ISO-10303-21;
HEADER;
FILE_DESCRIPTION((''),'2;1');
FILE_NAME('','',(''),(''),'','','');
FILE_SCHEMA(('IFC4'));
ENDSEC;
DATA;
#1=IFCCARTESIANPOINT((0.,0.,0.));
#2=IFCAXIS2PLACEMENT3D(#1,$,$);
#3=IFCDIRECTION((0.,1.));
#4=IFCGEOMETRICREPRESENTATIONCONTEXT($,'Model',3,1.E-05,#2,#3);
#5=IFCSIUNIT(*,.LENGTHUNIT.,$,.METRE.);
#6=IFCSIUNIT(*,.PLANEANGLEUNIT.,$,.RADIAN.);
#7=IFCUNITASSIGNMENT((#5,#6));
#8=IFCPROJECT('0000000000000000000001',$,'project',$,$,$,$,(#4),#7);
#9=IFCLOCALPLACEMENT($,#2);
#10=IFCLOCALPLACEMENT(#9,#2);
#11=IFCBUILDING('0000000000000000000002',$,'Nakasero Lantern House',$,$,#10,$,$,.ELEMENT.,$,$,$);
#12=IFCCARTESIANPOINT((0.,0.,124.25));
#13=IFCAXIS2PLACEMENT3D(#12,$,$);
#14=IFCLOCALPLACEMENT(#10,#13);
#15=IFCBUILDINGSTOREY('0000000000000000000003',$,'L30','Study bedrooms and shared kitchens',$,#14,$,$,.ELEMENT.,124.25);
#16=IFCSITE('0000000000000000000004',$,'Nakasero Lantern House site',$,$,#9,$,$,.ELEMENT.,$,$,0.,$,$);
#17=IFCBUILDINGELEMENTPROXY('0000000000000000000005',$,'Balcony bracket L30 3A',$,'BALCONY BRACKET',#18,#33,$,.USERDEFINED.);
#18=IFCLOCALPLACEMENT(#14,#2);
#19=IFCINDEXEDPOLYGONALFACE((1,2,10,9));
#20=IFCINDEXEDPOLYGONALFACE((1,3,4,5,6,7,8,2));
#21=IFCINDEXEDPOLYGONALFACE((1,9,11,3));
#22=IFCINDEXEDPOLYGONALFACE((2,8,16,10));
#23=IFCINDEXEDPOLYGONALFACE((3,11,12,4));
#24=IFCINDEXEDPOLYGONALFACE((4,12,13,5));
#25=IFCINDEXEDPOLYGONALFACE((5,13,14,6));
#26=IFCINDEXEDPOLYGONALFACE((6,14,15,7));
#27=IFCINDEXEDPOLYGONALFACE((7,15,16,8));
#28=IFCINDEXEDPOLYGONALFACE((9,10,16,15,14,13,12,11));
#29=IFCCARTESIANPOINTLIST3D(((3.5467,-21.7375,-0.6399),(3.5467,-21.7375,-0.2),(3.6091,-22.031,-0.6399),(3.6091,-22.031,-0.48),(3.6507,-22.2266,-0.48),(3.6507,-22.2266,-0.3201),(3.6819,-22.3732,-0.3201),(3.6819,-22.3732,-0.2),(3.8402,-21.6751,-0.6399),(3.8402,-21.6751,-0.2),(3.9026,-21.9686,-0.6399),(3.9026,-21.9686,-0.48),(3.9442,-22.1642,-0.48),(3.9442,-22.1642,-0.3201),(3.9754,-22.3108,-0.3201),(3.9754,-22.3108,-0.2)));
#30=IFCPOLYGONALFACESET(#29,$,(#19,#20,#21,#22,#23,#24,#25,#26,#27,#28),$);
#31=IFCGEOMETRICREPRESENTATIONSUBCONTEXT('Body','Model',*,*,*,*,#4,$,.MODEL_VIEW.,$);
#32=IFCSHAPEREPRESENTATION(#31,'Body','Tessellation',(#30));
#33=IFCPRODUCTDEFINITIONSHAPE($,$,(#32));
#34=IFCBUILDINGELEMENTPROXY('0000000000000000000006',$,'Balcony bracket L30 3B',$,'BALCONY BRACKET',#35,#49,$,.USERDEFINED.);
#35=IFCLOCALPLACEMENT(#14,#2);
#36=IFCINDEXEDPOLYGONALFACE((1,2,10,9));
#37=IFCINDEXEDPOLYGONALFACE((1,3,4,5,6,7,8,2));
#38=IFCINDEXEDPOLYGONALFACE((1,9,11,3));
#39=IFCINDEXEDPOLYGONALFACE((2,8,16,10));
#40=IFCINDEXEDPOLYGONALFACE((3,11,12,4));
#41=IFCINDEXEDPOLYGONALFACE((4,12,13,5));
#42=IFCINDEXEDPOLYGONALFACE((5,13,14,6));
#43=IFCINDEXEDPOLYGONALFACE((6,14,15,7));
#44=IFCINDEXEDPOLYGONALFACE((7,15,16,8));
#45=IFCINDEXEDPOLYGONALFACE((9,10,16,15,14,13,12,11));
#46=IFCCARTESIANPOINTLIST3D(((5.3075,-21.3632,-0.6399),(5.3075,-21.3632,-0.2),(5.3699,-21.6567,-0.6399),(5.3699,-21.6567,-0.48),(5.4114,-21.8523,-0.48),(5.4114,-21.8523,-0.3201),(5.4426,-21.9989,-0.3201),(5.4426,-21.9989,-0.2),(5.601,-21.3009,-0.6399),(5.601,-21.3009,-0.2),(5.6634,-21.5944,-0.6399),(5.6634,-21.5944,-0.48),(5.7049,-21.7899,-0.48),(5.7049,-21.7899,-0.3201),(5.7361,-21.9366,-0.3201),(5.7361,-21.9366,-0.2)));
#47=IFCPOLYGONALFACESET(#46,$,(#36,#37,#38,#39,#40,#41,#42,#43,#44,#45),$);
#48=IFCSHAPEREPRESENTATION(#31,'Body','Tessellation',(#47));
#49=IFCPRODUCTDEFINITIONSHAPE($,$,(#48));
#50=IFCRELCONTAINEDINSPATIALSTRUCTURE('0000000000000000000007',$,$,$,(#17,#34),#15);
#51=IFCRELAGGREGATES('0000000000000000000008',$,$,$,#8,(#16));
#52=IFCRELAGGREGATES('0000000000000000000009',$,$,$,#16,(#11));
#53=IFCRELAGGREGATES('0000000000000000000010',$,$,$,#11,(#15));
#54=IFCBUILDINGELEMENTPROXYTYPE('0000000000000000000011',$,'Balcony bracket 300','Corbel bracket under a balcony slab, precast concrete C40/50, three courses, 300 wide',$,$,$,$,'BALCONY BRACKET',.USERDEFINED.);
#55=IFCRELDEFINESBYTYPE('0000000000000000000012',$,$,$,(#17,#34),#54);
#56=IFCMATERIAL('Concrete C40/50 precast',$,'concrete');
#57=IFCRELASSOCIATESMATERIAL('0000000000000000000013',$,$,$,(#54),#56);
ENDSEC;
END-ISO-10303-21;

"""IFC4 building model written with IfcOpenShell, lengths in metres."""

from ifc_helpers import new_model, si_unit, direction, frame, origin, place, context, subcontext, project, spatial, polyline, outline, extrude, material, type_object, element, save


model = new_model("IFC4")

# Units and contexts
model_context = context("Model", 3, precision=1e-05, world=origin(), true_north=direction((0.0, 1.0)))
body_context = subcontext(model_context, "Body", "Model", "MODEL_VIEW")
ifc_project = project(units=[si_unit("LENGTHUNIT", "METRE"), si_unit("PLANEANGLEUNIT", "RADIAN")], contexts=[model_context])

# Site, building, storey
site_placement = place(None, origin())
site = spatial("IfcSite", under=ifc_project, at=site_placement, Name="Nakasero Lantern House site", CompositionType="ELEMENT", RefElevation=0.0)
building_placement = place(site_placement, origin())
building = spatial("IfcBuilding", under=site, at=building_placement, Name="Nakasero Lantern House", CompositionType="ELEMENT")
storey_placement = place(building_placement, frame((0.0, 0.0, 124.25)))
storey = spatial("IfcBuildingStorey", under=building, at=storey_placement, Name="L30", Description="Study bedrooms and shared kitchens", CompositionType="ELEMENT", Elevation=124.25)

# Building element proxies
ifc_material_1 = material(Name="Concrete C40/50 precast", Category="concrete")
building_element_proxy_type = type_object("IfcBuildingElementProxyType", Name="Balcony bracket 300", Description="Corbel bracket under a balcony slab, precast concrete C40/50, three courses, 300 wide", ElementType="BALCONY BRACKET", PredefinedType="USERDEFINED", material=ifc_material_1)
for number, where, z_axis, x_axis, name in (
    (1, (3.6936, -21.7063, -0.2), (0.0, 0.0, 1.0), (0.207912, -0.978148, 0.0), "Balcony bracket L30 3A"),
    (2, (5.4543, -21.332, -0.2), (0.0, 0.0, 1.0), (0.207912, -0.978148, 0.0), "Balcony bracket L30 3B"),
):
    element("IfcBuildingElementProxy", number, at=place(storey_placement, frame(where, z_axis=z_axis, x_axis=x_axis)), inside=storey, type_object=building_element_proxy_type, Name=name, ObjectType="BALCONY BRACKET", PredefinedType="USERDEFINED", context=body_context, shape_type="SweptSolid", body=[
        extrude(outline(polyline([(0.0, 0.0), (0.6499, 0.0), (0.6499, -0.1201), (0.5, -0.1201), (0.5, -0.28), (0.3, -0.28), (0.3, -0.4399), (0.0, -0.4399), (0.0, 0.0)])), frame((0.0, 0.1499, 0.0), z_axis=(0.0, -1.0, 0.0), x_axis=(1.0, 0.0, 0.0)), (0.0, 0.0, 1.0), 0.3),
    ])

save(model, "model.ifc")
